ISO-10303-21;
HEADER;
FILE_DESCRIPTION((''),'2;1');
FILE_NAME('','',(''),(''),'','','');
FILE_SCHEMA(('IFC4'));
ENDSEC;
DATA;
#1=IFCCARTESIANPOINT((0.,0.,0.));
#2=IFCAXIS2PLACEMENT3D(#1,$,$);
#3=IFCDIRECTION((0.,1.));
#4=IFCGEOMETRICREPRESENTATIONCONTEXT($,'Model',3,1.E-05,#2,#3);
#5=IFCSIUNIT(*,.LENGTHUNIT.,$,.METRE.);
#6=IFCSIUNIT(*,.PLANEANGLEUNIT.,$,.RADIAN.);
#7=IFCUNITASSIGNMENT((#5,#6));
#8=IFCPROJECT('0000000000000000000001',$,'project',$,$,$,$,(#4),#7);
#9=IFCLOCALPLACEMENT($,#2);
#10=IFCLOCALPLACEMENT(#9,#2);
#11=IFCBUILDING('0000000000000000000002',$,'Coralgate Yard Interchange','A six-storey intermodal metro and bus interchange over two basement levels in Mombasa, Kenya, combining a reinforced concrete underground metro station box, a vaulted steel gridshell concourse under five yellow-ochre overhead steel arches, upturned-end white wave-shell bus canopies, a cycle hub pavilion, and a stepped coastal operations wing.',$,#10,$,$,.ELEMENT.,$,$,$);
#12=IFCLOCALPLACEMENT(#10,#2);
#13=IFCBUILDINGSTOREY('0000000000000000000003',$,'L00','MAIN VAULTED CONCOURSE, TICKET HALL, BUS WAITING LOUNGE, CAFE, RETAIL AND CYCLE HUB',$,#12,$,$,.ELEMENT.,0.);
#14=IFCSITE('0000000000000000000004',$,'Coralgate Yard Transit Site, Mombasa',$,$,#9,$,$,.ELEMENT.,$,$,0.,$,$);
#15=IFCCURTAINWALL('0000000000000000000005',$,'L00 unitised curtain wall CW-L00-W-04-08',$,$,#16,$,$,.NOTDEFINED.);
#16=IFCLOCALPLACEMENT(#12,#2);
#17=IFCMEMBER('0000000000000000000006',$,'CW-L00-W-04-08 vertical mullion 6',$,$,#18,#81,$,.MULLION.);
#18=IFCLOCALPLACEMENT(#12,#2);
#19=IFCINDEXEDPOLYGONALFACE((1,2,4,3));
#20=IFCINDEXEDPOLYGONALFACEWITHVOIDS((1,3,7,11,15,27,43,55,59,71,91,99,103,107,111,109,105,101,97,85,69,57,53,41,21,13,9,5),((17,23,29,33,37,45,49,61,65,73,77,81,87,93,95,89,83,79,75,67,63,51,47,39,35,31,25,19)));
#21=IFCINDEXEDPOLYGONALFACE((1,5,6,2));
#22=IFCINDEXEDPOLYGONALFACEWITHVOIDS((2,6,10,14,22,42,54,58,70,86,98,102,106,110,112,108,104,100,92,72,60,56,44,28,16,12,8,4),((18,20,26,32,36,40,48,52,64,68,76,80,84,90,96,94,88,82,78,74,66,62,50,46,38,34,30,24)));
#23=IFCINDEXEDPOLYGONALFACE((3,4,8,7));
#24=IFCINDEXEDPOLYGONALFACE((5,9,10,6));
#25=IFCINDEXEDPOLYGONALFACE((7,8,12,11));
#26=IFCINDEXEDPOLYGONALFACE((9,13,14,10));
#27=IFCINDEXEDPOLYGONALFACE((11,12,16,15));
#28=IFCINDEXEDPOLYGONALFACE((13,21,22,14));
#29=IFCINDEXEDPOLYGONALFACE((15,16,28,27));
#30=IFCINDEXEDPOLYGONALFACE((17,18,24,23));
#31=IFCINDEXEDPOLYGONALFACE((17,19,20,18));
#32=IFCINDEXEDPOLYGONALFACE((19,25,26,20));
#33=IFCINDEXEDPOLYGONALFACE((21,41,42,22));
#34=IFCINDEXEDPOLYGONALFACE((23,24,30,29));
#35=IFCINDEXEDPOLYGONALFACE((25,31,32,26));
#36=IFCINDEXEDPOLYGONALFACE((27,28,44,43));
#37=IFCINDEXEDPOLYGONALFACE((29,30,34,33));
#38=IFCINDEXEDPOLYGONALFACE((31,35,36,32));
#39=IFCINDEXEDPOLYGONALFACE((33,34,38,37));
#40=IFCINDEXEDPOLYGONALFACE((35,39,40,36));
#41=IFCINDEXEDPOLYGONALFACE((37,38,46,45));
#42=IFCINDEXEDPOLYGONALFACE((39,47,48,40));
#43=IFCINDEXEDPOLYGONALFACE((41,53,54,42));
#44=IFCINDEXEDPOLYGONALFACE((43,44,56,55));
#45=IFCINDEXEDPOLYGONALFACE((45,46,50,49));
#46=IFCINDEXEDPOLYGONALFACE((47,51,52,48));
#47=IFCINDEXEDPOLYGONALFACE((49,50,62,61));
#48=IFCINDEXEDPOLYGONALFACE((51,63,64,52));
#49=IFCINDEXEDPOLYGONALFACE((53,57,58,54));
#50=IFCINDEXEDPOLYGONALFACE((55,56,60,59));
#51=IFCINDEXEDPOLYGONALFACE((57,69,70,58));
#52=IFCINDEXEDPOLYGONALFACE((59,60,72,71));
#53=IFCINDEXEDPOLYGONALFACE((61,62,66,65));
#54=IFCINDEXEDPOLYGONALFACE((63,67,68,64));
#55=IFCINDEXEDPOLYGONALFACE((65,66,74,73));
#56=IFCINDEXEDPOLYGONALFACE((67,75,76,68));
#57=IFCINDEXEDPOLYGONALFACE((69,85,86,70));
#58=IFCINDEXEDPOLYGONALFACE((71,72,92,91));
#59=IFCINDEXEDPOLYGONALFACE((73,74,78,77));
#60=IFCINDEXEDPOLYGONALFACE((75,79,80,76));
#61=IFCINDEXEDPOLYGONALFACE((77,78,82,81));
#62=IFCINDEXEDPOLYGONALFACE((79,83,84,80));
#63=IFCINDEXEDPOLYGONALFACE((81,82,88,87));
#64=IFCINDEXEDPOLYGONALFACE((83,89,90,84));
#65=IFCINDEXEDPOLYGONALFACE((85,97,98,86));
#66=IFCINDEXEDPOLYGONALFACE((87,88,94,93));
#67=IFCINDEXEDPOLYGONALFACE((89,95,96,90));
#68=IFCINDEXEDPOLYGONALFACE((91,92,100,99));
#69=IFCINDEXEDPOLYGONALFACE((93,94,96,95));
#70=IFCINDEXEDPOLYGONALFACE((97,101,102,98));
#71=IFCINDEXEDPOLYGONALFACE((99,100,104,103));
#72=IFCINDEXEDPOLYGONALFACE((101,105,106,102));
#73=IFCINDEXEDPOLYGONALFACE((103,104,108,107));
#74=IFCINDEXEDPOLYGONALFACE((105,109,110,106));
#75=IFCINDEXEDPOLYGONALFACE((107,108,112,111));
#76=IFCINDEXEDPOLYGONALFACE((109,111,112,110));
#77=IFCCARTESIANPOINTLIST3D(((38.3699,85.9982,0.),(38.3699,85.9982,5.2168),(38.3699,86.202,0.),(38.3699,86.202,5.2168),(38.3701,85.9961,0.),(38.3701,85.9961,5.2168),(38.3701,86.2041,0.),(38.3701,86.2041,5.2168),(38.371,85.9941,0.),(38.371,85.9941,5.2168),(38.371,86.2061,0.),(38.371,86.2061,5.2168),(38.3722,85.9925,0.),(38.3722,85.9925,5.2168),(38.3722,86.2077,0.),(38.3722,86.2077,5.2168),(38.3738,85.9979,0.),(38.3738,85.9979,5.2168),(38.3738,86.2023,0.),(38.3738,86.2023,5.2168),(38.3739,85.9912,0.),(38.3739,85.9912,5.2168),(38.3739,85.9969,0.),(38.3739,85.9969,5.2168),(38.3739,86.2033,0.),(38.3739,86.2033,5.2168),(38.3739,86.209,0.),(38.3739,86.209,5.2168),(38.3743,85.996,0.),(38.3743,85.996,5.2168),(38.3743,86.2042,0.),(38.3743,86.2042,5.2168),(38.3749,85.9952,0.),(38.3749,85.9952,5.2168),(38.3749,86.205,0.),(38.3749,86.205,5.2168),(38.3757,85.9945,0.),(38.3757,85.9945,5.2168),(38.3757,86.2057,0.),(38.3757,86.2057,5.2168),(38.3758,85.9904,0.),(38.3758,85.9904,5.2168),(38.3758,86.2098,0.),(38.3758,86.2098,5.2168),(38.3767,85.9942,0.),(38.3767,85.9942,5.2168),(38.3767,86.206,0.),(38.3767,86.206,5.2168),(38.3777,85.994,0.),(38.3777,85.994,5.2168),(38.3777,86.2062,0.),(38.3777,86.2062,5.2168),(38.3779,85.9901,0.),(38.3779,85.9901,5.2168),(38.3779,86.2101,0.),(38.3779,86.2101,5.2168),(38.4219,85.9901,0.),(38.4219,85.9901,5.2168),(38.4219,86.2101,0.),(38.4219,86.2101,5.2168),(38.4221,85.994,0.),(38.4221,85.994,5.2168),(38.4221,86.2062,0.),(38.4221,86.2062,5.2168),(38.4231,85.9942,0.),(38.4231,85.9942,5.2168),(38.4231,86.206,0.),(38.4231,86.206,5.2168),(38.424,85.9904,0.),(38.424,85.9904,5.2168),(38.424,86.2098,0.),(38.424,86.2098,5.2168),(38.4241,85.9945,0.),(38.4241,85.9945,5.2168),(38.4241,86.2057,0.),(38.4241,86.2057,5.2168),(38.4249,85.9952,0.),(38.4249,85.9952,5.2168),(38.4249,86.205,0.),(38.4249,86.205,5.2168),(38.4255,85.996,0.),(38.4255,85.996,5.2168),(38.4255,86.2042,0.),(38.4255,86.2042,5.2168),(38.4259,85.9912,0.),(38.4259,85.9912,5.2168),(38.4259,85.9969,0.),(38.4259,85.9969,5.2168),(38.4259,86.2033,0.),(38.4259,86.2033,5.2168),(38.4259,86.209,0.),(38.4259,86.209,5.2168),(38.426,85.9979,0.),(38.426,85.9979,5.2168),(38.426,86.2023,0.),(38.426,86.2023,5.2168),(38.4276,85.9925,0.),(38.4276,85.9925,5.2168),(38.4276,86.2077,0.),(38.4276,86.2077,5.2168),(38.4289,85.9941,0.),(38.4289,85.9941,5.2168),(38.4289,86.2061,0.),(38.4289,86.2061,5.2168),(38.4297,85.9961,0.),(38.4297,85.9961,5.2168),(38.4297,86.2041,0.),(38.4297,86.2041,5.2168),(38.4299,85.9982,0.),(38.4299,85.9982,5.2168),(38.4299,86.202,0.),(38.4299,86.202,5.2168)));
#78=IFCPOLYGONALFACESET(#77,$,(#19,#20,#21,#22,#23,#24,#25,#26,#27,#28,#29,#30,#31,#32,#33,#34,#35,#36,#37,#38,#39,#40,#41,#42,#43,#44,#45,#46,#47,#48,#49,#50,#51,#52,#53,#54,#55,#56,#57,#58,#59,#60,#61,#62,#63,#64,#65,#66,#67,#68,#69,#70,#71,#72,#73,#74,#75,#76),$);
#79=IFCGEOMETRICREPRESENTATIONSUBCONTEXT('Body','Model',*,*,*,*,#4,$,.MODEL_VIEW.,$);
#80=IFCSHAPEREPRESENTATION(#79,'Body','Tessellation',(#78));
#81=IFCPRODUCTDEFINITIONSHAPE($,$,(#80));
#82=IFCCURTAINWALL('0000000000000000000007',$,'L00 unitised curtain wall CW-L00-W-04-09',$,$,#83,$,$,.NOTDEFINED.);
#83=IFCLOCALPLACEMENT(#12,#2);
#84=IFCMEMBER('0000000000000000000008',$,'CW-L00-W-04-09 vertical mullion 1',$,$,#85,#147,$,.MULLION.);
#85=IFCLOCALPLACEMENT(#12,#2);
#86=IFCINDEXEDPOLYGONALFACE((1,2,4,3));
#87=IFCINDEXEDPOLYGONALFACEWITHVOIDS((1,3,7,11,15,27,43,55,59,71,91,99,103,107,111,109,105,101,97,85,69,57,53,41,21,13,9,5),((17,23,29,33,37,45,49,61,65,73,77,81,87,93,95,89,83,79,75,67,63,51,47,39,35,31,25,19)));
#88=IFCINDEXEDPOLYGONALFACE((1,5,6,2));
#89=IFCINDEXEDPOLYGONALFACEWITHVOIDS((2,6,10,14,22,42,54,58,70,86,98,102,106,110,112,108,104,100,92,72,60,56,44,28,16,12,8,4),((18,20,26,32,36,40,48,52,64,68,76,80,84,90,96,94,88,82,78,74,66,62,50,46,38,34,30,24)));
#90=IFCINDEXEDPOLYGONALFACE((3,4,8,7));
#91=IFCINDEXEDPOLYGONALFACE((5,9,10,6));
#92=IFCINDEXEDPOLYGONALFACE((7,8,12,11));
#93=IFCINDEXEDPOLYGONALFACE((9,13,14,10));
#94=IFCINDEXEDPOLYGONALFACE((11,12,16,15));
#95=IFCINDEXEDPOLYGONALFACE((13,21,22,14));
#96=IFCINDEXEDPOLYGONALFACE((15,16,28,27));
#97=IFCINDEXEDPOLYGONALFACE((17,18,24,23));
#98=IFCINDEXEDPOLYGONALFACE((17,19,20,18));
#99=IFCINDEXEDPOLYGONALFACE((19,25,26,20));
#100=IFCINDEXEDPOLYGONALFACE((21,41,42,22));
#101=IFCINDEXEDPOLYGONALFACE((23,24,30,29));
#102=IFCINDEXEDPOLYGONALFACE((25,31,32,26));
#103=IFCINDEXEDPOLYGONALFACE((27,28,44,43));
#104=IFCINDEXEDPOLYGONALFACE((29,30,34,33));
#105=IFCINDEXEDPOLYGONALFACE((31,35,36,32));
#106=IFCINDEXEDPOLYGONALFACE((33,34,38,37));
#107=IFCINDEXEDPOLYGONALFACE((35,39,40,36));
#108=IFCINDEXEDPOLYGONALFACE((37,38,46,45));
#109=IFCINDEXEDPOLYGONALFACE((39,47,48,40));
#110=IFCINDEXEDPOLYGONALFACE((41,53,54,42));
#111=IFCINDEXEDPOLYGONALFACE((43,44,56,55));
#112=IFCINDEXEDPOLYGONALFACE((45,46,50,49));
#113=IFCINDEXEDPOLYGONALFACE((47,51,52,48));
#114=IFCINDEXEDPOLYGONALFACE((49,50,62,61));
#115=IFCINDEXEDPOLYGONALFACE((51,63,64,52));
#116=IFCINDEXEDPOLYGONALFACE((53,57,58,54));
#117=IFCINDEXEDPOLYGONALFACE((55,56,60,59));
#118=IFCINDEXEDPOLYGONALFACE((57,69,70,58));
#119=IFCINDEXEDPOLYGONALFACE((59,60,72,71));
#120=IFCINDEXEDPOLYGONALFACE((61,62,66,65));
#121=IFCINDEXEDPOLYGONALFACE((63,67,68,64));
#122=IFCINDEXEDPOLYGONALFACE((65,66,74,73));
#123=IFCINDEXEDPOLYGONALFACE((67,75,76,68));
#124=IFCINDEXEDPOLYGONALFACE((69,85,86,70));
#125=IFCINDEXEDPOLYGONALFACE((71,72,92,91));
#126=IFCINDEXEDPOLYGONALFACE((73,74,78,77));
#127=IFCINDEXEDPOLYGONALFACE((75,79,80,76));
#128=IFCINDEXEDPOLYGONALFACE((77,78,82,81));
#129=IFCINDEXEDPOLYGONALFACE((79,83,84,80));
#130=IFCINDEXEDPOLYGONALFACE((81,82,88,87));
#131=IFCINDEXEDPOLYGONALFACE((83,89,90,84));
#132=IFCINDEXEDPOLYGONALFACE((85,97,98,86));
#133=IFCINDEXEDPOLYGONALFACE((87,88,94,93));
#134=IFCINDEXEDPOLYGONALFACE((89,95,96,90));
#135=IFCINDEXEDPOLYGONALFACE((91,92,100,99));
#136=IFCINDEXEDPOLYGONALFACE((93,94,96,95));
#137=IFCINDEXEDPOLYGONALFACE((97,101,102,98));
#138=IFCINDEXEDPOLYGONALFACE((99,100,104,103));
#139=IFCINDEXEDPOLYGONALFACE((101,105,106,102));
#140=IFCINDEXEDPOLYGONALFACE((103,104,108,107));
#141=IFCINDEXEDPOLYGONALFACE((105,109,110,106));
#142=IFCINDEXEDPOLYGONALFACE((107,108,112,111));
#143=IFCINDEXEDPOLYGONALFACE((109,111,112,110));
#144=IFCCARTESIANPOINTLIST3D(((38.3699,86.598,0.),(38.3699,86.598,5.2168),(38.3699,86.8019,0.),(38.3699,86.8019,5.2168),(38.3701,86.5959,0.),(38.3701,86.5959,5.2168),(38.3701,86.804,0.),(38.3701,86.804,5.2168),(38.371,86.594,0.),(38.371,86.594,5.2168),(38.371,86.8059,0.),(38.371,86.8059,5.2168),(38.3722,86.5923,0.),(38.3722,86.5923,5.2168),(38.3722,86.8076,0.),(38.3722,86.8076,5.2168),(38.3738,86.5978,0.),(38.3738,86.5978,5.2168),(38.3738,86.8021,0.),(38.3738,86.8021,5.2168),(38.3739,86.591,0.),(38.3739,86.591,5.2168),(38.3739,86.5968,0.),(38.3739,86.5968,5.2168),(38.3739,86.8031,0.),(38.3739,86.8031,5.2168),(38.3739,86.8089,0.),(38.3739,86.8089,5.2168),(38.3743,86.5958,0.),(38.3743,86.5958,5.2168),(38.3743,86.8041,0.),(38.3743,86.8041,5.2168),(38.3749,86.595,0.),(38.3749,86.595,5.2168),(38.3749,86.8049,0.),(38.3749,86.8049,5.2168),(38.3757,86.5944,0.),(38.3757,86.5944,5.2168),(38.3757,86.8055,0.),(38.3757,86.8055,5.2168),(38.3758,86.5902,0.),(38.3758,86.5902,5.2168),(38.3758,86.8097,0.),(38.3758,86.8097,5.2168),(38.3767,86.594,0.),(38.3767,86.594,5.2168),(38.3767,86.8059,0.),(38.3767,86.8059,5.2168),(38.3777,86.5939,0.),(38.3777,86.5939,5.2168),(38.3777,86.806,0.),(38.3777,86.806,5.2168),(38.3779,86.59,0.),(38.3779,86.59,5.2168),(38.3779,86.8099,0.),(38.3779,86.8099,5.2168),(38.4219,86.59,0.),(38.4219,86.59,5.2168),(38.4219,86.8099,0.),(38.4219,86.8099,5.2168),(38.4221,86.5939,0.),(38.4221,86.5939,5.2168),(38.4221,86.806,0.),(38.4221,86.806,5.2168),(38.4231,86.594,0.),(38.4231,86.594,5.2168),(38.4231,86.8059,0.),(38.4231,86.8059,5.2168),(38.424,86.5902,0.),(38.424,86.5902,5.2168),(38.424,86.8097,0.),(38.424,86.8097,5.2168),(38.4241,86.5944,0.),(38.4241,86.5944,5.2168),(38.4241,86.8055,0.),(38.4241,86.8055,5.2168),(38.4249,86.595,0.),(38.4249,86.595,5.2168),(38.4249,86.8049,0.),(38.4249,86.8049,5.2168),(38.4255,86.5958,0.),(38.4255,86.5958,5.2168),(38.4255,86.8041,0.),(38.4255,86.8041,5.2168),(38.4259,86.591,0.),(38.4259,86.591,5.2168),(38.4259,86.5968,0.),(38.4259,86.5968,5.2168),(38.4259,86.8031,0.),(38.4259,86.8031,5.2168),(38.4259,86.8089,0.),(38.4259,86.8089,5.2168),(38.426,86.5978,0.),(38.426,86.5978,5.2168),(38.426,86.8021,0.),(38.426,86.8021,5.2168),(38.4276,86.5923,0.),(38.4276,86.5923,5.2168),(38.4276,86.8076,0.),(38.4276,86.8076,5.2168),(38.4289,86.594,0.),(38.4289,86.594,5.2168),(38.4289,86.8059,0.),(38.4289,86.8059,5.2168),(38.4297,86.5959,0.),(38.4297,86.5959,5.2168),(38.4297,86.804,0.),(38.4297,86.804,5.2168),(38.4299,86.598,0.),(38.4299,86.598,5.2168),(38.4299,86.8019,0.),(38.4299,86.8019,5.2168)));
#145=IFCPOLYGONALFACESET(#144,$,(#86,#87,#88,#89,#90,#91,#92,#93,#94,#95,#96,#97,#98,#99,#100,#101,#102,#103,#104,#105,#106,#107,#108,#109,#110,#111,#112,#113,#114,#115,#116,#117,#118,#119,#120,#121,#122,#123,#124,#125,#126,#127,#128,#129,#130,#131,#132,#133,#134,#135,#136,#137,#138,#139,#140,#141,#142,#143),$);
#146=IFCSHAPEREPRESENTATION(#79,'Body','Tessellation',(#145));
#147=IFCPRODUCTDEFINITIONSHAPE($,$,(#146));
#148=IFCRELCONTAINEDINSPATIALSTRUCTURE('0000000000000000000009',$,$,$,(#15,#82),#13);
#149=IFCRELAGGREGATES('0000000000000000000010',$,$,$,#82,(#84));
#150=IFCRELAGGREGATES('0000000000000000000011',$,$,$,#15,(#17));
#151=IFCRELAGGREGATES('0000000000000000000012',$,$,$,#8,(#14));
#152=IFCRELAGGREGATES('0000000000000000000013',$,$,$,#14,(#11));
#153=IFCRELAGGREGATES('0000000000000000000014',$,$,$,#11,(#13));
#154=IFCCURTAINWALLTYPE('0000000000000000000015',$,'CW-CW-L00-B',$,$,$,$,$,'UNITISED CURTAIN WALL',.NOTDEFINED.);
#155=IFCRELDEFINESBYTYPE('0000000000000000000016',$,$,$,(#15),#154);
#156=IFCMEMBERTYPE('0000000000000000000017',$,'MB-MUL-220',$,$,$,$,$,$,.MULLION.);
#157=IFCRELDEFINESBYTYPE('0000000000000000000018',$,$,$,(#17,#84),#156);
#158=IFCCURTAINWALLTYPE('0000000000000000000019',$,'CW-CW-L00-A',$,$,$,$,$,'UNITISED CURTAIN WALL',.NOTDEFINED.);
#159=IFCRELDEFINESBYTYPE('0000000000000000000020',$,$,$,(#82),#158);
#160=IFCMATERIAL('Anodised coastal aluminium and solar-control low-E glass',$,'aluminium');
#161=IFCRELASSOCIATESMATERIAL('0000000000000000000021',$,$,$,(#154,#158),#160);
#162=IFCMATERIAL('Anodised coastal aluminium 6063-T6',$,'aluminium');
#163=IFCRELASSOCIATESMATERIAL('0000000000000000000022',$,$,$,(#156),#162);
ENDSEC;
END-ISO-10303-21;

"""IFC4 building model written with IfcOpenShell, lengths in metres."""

from ifc_helpers import new_model, si_unit, direction, frame, origin, origin_2d, place, context, subcontext, project, spatial, hollow_rectangle, extrude, material, material_profile, profile_set, type_object, element, aggregate, save


model = new_model("IFC4")

# Units and contexts
model_context = context("Model", 3, precision=1e-05, world=origin(), true_north=direction((0.0, 1.0)))
body_context = subcontext(model_context, "Body", "Model", "MODEL_VIEW")
ifc_project = project(units=[si_unit("LENGTHUNIT", "METRE"), si_unit("PLANEANGLEUNIT", "RADIAN")], contexts=[model_context])

# Site, building, storey
site_placement = place(None, origin())
site = spatial("IfcSite", under=ifc_project, at=site_placement, Name="Coralgate Yard Transit Site, Mombasa", CompositionType="ELEMENT", RefElevation=0.0)
building_placement = place(site_placement, origin())
building = spatial("IfcBuilding", under=site, at=building_placement, Name="Coralgate Yard Interchange", Description="A six-storey intermodal metro and bus interchange over two basement levels in Mombasa, Kenya, combining a reinforced concrete underground metro station box, a vaulted steel gridshell concourse under five yellow-ochre overhead steel arches, upturned-end white wave-shell bus canopies, a cycle hub pavilion, and a stepped coastal operations wing.", CompositionType="ELEMENT")
storey_placement = place(building_placement, origin())
storey = spatial("IfcBuildingStorey", under=building, at=storey_placement, Name="L00", Description="MAIN VAULTED CONCOURSE, TICKET HALL, BUS WAITING LOUNGE, CAFE, RETAIL AND CYCLE HUB", CompositionType="ELEMENT", Elevation=0.0)

# Curtain wall, member
ifc_material_1 = material(Name="Anodised coastal aluminium and solar-control low-E glass", Category="aluminium")
curtain_wall_type_1 = type_object("IfcCurtainWallType", Name="CW-CW-L00-B", ElementType="UNITISED CURTAIN WALL", PredefinedType="NOTDEFINED", material=ifc_material_1)
curtain_wall_1_placement = place(storey_placement, origin())
curtain_wall_1 = element("IfcCurtainWall", 1, at=curtain_wall_1_placement, inside=storey, type_object=curtain_wall_type_1, Name="L00 unitised curtain wall CW-L00-W-04-08", PredefinedType="NOTDEFINED")
ifc_material_2 = material(Name="Anodised coastal aluminium 6063-T6", Category="aluminium")
ifc_material_profile_1 = material_profile(ifc_material_2, hollow_rectangle(XDim=0.0601, YDim=0.22, WallThickness=0.0039, InnerFilletRadius=0.0039, OuterFilletRadius=0.0081, at=origin_2d()), Name="ALU 60x220x4")
ifc_profile_set_1 = profile_set([ifc_material_profile_1], Name="Anodised coastal aluminium 6063-T6")
member_type_1 = type_object("IfcMemberType", Name="MB-MUL-220", PredefinedType="MULLION", material=ifc_profile_set_1)
member_1_placement = place(storey_placement, frame((38.3999, 86.1001, 0.0), z_axis=(0.0, 0.0, 1.0), x_axis=(1.0, 0.0, 0.0)))
member_1 = element("IfcMember", 2, at=member_1_placement, type_object=member_type_1, Name="CW-L00-W-04-08 vertical mullion 6", PredefinedType="MULLION", context=body_context, shape_type="SweptSolid", body=[
    extrude(hollow_rectangle(XDim=0.0601, YDim=0.22, WallThickness=0.0039, InnerFilletRadius=0.0039, OuterFilletRadius=0.0081, at=origin_2d()), origin(), (0.0, 0.0, 1.0), 5.2168),
])

# Curtain wall, member
curtain_wall_type_2 = type_object("IfcCurtainWallType", Name="CW-CW-L00-A", ElementType="UNITISED CURTAIN WALL", PredefinedType="NOTDEFINED", material=ifc_material_1)
curtain_wall_2_placement = place(storey_placement, origin())
curtain_wall_2 = element("IfcCurtainWall", 3, at=curtain_wall_2_placement, inside=storey, type_object=curtain_wall_type_2, Name="L00 unitised curtain wall CW-L00-W-04-09", PredefinedType="NOTDEFINED")
member_2_placement = place(storey_placement, frame((38.3999, 86.7, 0.0), z_axis=(0.0, 0.0, 1.0), x_axis=(1.0, 0.0, 0.0)))
member_2 = element("IfcMember", 4, at=member_2_placement, type_object=member_type_1, Name="CW-L00-W-04-09 vertical mullion 1", PredefinedType="MULLION", context=body_context, shape_type="SweptSolid", body=[
    extrude(hollow_rectangle(XDim=0.0601, YDim=0.22, WallThickness=0.0039, InnerFilletRadius=0.0039, OuterFilletRadius=0.0081, at=origin_2d()), origin(), (0.0, 0.0, 1.0), 5.2168),
])

aggregate(curtain_wall_2, [member_2])

aggregate(curtain_wall_1, [member_1])

save(model, "model.ifc")
